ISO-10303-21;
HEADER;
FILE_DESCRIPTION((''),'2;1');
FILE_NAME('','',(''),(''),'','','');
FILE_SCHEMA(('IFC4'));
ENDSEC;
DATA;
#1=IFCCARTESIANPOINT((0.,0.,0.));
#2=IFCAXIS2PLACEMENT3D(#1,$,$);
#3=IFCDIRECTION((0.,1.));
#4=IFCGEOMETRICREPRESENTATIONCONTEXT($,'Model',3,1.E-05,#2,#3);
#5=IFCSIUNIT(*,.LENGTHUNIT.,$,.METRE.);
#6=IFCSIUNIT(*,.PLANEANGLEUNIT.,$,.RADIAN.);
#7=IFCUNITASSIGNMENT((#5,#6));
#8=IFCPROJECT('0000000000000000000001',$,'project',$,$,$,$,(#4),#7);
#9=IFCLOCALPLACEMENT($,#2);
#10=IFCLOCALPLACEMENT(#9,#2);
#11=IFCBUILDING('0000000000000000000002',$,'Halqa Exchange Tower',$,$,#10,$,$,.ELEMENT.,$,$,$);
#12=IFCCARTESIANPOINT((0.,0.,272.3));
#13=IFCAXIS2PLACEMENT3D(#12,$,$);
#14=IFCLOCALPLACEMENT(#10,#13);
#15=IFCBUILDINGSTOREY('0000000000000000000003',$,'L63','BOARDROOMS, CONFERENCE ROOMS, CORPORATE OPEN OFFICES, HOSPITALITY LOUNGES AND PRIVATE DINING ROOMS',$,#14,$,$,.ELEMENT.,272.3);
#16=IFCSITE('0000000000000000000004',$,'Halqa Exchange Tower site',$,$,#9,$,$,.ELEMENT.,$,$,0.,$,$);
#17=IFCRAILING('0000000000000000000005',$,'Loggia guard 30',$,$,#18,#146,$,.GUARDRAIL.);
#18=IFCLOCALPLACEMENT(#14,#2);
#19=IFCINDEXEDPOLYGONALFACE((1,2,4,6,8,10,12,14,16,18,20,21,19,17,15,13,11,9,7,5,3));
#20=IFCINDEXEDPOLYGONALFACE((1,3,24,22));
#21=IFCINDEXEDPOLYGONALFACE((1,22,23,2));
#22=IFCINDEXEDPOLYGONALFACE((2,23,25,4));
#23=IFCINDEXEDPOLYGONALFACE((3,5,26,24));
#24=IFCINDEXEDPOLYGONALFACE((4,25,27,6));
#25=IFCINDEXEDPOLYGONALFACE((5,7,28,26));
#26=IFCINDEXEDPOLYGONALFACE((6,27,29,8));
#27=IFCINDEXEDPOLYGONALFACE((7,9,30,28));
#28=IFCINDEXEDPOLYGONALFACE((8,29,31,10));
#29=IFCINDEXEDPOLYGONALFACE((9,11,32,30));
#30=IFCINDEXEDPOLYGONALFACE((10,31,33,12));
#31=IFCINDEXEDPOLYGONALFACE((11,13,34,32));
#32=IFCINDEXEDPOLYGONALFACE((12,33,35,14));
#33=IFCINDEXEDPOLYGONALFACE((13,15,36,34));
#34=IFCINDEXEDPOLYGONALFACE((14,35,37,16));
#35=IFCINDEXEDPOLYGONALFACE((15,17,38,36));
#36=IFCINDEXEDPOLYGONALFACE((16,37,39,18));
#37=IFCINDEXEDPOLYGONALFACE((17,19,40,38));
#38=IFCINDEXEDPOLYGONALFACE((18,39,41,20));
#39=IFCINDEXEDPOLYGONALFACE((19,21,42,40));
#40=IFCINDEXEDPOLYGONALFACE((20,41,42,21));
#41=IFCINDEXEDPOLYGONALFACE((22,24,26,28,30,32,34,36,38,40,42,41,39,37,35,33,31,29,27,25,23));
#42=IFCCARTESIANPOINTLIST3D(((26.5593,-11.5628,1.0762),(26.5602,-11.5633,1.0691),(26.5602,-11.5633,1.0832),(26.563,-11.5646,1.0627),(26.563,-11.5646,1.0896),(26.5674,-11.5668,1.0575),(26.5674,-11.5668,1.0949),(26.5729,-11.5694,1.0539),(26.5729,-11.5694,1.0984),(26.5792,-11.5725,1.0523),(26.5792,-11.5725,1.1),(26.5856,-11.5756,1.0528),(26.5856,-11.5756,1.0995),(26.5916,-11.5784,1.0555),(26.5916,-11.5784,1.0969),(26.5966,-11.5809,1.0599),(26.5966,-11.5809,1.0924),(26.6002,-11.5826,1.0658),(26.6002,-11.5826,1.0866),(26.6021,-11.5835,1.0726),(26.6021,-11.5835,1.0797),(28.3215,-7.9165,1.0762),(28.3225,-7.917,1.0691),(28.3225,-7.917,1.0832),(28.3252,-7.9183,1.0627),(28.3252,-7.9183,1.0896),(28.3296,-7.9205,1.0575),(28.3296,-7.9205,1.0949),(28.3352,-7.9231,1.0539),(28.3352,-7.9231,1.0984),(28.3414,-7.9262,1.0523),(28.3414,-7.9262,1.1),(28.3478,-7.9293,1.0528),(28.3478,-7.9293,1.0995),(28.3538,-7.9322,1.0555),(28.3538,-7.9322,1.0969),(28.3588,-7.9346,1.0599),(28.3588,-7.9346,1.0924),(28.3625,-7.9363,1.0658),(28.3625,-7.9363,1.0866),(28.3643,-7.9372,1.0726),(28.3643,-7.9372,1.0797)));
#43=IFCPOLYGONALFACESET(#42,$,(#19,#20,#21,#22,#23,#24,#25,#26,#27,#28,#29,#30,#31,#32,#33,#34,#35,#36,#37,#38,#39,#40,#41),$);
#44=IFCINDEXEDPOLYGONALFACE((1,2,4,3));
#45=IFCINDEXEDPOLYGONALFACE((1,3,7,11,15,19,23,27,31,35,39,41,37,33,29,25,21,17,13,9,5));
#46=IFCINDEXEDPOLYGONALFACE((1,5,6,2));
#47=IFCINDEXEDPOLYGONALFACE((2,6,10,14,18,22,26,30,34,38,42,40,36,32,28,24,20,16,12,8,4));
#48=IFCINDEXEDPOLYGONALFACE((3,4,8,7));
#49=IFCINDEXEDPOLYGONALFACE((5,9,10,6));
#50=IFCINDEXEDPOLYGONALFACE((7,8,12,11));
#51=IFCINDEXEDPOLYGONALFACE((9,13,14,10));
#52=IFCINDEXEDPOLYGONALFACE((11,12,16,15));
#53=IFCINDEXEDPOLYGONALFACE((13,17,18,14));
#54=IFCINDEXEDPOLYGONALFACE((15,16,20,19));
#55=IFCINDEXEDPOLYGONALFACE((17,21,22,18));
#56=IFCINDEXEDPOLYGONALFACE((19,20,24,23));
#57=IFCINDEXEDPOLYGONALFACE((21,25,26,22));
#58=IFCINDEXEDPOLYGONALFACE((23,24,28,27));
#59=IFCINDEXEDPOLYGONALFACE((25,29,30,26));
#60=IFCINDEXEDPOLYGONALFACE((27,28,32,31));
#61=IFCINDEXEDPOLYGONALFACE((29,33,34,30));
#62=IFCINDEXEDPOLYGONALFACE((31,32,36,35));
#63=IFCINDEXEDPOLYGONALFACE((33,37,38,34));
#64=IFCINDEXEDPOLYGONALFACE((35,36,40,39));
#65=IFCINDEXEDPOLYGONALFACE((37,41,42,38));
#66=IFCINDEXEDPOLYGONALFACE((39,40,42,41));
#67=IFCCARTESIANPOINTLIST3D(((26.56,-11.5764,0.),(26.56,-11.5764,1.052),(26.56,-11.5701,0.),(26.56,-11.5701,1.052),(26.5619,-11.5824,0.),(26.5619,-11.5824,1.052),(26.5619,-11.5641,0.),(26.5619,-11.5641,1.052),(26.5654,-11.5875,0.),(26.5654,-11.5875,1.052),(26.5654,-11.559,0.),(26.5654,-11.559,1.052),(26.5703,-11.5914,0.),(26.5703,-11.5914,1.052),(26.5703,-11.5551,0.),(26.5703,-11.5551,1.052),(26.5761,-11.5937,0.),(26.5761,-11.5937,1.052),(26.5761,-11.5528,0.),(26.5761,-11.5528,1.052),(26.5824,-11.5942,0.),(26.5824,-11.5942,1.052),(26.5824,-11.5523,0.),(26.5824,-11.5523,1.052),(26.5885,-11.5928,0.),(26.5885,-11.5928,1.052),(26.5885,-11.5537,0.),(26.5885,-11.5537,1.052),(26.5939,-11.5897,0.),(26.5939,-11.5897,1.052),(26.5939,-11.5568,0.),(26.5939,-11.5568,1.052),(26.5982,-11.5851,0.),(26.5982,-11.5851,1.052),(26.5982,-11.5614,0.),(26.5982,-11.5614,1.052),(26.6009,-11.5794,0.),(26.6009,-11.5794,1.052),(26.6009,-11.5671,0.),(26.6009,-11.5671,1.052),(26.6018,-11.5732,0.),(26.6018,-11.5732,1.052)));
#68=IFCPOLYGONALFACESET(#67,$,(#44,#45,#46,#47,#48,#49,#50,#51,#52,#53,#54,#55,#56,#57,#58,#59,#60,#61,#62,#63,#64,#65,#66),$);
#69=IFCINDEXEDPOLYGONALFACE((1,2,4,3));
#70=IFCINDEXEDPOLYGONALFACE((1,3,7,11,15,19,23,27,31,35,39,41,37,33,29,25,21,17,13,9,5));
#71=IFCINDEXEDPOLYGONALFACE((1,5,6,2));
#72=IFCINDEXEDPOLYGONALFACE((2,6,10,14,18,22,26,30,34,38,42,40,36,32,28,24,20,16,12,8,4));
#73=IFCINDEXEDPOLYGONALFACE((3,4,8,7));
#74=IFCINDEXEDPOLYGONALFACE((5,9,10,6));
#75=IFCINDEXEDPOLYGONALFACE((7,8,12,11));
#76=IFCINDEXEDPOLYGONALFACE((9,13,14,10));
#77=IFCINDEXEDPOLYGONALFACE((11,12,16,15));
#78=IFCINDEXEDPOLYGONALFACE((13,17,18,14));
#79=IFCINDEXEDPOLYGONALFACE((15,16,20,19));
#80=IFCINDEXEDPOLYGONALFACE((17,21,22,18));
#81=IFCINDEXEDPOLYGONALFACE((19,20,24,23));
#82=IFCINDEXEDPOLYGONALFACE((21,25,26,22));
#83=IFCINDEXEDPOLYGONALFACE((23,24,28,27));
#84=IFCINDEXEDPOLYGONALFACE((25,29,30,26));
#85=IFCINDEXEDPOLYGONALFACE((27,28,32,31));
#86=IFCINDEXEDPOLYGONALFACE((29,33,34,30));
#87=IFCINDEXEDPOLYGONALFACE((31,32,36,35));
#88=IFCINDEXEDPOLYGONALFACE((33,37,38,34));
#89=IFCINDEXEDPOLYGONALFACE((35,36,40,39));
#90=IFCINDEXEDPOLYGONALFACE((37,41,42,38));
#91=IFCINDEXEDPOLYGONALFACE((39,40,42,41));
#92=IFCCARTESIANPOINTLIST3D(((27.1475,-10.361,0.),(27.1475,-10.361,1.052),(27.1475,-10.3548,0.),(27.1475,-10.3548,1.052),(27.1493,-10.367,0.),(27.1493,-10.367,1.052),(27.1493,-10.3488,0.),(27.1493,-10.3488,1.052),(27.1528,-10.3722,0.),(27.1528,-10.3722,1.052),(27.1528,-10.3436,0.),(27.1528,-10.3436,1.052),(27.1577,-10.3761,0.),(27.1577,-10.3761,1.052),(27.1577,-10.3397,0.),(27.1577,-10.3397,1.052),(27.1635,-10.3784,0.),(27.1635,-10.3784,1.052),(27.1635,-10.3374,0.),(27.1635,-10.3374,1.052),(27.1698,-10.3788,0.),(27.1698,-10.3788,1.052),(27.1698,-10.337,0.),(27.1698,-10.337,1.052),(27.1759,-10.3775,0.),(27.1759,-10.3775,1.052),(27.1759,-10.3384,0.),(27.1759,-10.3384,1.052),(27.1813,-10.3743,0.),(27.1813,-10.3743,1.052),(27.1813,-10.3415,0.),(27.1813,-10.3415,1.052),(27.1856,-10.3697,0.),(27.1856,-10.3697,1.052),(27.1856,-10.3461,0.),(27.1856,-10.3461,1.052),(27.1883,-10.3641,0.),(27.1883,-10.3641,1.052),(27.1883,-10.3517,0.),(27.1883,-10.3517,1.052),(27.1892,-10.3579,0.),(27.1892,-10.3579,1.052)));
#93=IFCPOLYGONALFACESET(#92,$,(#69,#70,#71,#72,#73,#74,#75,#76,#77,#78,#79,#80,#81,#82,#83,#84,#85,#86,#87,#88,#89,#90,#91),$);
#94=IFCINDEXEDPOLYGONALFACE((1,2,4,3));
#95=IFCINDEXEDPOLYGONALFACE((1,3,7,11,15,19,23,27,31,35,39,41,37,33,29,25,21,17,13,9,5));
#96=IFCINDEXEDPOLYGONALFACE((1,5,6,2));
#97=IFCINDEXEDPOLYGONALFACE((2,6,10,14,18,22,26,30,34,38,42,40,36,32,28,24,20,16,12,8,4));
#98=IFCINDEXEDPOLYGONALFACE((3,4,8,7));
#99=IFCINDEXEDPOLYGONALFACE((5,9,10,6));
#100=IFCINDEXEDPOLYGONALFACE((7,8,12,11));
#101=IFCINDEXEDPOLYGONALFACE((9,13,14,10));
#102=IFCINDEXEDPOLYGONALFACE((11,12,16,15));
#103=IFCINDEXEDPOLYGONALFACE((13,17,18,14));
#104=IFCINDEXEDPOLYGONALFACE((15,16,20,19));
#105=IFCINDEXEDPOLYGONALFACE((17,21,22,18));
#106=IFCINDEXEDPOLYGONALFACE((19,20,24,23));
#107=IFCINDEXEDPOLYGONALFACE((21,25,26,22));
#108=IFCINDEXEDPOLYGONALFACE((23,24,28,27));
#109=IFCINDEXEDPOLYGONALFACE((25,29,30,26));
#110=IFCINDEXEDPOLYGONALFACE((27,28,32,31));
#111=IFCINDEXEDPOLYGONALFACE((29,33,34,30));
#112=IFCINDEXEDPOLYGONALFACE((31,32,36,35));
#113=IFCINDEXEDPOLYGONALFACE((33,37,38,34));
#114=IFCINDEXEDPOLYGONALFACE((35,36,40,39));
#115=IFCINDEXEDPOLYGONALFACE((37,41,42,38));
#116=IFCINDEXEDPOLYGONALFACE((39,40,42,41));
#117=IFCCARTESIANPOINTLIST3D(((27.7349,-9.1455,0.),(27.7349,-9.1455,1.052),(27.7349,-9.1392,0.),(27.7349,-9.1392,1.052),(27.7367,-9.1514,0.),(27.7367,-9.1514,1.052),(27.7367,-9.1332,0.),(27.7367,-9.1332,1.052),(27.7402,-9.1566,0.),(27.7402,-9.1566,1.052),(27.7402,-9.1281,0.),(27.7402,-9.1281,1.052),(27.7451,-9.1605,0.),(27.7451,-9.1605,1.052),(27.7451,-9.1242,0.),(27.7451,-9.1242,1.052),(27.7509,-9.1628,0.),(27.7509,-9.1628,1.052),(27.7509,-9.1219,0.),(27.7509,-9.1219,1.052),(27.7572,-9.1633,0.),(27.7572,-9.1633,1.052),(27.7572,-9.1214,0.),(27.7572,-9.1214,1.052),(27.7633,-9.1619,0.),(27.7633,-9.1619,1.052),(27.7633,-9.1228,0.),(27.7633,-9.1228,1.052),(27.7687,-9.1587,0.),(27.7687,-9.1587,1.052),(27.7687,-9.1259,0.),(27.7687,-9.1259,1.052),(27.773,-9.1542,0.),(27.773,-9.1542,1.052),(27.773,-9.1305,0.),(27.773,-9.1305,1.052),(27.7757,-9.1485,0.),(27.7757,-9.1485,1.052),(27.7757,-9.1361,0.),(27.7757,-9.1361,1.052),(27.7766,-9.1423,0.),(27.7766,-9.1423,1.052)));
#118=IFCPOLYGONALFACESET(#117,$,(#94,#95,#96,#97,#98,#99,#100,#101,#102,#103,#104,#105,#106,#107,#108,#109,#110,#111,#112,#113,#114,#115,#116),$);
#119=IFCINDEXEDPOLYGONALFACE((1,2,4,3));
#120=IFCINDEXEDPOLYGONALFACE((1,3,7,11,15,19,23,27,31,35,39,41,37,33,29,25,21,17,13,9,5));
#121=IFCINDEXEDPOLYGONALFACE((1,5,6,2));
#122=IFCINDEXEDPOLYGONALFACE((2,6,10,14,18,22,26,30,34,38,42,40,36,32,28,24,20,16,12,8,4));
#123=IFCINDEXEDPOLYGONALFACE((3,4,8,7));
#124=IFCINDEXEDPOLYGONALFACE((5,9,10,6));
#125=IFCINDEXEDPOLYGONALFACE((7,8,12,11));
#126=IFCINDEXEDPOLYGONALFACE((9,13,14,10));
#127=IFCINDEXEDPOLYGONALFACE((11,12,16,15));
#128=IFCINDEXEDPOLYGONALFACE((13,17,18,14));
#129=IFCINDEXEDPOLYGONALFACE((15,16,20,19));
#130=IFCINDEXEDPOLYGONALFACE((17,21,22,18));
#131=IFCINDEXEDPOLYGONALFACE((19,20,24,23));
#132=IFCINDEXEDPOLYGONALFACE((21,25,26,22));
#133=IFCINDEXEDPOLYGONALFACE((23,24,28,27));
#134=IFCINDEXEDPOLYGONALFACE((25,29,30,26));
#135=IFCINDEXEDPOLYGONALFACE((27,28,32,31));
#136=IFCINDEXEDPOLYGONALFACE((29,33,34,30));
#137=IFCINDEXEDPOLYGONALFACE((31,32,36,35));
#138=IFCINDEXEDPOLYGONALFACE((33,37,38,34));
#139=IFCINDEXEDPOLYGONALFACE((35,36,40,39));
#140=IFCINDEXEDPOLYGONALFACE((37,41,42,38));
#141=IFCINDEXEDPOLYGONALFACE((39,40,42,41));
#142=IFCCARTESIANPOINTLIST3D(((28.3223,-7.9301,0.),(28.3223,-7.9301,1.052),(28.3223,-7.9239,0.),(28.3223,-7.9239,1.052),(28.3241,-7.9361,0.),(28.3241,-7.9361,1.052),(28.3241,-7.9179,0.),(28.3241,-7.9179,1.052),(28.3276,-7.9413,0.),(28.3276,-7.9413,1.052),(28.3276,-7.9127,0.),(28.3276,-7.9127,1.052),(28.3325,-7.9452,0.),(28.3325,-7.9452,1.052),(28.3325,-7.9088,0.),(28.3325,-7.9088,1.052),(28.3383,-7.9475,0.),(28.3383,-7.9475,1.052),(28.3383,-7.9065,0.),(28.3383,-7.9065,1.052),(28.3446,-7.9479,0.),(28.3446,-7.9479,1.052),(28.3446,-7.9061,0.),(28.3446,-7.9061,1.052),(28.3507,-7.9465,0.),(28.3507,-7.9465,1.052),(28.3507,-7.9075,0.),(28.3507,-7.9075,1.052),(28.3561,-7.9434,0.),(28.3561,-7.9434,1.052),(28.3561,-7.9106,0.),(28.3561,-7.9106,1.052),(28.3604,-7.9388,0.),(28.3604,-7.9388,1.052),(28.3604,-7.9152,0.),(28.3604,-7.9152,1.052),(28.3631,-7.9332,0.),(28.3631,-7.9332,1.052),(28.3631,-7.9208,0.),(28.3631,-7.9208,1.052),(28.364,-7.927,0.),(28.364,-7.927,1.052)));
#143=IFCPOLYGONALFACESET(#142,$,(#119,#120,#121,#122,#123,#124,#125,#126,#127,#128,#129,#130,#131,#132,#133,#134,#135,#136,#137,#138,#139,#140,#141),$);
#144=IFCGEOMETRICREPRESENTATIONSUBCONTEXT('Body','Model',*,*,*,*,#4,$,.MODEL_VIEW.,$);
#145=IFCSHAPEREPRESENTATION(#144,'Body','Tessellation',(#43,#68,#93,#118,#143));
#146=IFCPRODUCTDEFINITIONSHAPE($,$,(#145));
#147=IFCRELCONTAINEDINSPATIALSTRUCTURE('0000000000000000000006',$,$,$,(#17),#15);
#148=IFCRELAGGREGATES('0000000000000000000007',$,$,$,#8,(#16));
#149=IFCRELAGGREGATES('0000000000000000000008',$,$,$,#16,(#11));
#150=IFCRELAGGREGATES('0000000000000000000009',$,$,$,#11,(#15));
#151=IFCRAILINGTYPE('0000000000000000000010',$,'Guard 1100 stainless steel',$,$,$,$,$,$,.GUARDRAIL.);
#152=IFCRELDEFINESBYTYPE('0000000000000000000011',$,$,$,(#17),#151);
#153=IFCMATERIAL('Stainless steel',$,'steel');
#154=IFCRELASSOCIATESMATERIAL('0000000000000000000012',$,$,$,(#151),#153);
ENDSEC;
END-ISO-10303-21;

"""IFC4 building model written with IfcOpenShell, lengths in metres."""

from ifc_helpers import new_model, si_unit, direction, frame, origin, origin_2d, place, context, subcontext, project, spatial, circle, extrude, material, type_object, element, save


model = new_model("IFC4")

# Units and contexts
model_context = context("Model", 3, precision=1e-05, world=origin(), true_north=direction((0.0, 1.0)))
body_context = subcontext(model_context, "Body", "Model", "MODEL_VIEW")
ifc_project = project(units=[si_unit("LENGTHUNIT", "METRE"), si_unit("PLANEANGLEUNIT", "RADIAN")], contexts=[model_context])

# Site, building, storey
site_placement = place(None, origin())
site = spatial("IfcSite", under=ifc_project, at=site_placement, Name="Halqa Exchange Tower site", CompositionType="ELEMENT", RefElevation=0.0)
building_placement = place(site_placement, origin())
building = spatial("IfcBuilding", under=site, at=building_placement, Name="Halqa Exchange Tower", CompositionType="ELEMENT")
storey_placement = place(building_placement, frame((0.0, 0.0, 272.3)))
storey = spatial("IfcBuildingStorey", under=building, at=storey_placement, Name="L63", Description="BOARDROOMS, CONFERENCE ROOMS, CORPORATE OPEN OFFICES, HOSPITALITY LOUNGES AND PRIVATE DINING ROOMS", CompositionType="ELEMENT", Elevation=272.3)

# Railing
ifc_material_1 = material(Name="Stainless steel", Category="steel")
railing_type = type_object("IfcRailingType", Name="Guard 1100 stainless steel", PredefinedType="GUARDRAIL", material=ifc_material_1)
railing_1_placement = place(storey_placement, frame((26.5808, -11.5732, 0.0)))
element("IfcRailing", 1, at=railing_1_placement, inside=storey, type_object=railing_type, Name="Loggia guard 30", PredefinedType="GUARDRAIL", context=body_context, shape_type="SweptSolid", body=[
    extrude(circle(Radius=0.0239, at=origin_2d()), frame((0.0, 0.0, 1.0762), z_axis=(0.43514, 0.900363, 0.0), x_axis=(-0.900363, 0.43514, 0.0)), (0.0, 0.0, 1.0), 4.0498),
    extrude(circle(Radius=0.021, at=origin_2d()), origin(), (0.0, 0.0, 1.0), 1.052),
    extrude(circle(Radius=0.021, at=origin_2d()), frame((0.5874, 1.2153, 0.0)), (0.0, 0.0, 1.0), 1.052),
    extrude(circle(Radius=0.021, at=origin_2d()), frame((1.1748, 2.4309, 0.0)), (0.0, 0.0, 1.0), 1.052),
    extrude(circle(Radius=0.021, at=origin_2d()), frame((1.7622, 3.6462, 0.0)), (0.0, 0.0, 1.0), 1.052),
])

save(model, "model.ifc")
